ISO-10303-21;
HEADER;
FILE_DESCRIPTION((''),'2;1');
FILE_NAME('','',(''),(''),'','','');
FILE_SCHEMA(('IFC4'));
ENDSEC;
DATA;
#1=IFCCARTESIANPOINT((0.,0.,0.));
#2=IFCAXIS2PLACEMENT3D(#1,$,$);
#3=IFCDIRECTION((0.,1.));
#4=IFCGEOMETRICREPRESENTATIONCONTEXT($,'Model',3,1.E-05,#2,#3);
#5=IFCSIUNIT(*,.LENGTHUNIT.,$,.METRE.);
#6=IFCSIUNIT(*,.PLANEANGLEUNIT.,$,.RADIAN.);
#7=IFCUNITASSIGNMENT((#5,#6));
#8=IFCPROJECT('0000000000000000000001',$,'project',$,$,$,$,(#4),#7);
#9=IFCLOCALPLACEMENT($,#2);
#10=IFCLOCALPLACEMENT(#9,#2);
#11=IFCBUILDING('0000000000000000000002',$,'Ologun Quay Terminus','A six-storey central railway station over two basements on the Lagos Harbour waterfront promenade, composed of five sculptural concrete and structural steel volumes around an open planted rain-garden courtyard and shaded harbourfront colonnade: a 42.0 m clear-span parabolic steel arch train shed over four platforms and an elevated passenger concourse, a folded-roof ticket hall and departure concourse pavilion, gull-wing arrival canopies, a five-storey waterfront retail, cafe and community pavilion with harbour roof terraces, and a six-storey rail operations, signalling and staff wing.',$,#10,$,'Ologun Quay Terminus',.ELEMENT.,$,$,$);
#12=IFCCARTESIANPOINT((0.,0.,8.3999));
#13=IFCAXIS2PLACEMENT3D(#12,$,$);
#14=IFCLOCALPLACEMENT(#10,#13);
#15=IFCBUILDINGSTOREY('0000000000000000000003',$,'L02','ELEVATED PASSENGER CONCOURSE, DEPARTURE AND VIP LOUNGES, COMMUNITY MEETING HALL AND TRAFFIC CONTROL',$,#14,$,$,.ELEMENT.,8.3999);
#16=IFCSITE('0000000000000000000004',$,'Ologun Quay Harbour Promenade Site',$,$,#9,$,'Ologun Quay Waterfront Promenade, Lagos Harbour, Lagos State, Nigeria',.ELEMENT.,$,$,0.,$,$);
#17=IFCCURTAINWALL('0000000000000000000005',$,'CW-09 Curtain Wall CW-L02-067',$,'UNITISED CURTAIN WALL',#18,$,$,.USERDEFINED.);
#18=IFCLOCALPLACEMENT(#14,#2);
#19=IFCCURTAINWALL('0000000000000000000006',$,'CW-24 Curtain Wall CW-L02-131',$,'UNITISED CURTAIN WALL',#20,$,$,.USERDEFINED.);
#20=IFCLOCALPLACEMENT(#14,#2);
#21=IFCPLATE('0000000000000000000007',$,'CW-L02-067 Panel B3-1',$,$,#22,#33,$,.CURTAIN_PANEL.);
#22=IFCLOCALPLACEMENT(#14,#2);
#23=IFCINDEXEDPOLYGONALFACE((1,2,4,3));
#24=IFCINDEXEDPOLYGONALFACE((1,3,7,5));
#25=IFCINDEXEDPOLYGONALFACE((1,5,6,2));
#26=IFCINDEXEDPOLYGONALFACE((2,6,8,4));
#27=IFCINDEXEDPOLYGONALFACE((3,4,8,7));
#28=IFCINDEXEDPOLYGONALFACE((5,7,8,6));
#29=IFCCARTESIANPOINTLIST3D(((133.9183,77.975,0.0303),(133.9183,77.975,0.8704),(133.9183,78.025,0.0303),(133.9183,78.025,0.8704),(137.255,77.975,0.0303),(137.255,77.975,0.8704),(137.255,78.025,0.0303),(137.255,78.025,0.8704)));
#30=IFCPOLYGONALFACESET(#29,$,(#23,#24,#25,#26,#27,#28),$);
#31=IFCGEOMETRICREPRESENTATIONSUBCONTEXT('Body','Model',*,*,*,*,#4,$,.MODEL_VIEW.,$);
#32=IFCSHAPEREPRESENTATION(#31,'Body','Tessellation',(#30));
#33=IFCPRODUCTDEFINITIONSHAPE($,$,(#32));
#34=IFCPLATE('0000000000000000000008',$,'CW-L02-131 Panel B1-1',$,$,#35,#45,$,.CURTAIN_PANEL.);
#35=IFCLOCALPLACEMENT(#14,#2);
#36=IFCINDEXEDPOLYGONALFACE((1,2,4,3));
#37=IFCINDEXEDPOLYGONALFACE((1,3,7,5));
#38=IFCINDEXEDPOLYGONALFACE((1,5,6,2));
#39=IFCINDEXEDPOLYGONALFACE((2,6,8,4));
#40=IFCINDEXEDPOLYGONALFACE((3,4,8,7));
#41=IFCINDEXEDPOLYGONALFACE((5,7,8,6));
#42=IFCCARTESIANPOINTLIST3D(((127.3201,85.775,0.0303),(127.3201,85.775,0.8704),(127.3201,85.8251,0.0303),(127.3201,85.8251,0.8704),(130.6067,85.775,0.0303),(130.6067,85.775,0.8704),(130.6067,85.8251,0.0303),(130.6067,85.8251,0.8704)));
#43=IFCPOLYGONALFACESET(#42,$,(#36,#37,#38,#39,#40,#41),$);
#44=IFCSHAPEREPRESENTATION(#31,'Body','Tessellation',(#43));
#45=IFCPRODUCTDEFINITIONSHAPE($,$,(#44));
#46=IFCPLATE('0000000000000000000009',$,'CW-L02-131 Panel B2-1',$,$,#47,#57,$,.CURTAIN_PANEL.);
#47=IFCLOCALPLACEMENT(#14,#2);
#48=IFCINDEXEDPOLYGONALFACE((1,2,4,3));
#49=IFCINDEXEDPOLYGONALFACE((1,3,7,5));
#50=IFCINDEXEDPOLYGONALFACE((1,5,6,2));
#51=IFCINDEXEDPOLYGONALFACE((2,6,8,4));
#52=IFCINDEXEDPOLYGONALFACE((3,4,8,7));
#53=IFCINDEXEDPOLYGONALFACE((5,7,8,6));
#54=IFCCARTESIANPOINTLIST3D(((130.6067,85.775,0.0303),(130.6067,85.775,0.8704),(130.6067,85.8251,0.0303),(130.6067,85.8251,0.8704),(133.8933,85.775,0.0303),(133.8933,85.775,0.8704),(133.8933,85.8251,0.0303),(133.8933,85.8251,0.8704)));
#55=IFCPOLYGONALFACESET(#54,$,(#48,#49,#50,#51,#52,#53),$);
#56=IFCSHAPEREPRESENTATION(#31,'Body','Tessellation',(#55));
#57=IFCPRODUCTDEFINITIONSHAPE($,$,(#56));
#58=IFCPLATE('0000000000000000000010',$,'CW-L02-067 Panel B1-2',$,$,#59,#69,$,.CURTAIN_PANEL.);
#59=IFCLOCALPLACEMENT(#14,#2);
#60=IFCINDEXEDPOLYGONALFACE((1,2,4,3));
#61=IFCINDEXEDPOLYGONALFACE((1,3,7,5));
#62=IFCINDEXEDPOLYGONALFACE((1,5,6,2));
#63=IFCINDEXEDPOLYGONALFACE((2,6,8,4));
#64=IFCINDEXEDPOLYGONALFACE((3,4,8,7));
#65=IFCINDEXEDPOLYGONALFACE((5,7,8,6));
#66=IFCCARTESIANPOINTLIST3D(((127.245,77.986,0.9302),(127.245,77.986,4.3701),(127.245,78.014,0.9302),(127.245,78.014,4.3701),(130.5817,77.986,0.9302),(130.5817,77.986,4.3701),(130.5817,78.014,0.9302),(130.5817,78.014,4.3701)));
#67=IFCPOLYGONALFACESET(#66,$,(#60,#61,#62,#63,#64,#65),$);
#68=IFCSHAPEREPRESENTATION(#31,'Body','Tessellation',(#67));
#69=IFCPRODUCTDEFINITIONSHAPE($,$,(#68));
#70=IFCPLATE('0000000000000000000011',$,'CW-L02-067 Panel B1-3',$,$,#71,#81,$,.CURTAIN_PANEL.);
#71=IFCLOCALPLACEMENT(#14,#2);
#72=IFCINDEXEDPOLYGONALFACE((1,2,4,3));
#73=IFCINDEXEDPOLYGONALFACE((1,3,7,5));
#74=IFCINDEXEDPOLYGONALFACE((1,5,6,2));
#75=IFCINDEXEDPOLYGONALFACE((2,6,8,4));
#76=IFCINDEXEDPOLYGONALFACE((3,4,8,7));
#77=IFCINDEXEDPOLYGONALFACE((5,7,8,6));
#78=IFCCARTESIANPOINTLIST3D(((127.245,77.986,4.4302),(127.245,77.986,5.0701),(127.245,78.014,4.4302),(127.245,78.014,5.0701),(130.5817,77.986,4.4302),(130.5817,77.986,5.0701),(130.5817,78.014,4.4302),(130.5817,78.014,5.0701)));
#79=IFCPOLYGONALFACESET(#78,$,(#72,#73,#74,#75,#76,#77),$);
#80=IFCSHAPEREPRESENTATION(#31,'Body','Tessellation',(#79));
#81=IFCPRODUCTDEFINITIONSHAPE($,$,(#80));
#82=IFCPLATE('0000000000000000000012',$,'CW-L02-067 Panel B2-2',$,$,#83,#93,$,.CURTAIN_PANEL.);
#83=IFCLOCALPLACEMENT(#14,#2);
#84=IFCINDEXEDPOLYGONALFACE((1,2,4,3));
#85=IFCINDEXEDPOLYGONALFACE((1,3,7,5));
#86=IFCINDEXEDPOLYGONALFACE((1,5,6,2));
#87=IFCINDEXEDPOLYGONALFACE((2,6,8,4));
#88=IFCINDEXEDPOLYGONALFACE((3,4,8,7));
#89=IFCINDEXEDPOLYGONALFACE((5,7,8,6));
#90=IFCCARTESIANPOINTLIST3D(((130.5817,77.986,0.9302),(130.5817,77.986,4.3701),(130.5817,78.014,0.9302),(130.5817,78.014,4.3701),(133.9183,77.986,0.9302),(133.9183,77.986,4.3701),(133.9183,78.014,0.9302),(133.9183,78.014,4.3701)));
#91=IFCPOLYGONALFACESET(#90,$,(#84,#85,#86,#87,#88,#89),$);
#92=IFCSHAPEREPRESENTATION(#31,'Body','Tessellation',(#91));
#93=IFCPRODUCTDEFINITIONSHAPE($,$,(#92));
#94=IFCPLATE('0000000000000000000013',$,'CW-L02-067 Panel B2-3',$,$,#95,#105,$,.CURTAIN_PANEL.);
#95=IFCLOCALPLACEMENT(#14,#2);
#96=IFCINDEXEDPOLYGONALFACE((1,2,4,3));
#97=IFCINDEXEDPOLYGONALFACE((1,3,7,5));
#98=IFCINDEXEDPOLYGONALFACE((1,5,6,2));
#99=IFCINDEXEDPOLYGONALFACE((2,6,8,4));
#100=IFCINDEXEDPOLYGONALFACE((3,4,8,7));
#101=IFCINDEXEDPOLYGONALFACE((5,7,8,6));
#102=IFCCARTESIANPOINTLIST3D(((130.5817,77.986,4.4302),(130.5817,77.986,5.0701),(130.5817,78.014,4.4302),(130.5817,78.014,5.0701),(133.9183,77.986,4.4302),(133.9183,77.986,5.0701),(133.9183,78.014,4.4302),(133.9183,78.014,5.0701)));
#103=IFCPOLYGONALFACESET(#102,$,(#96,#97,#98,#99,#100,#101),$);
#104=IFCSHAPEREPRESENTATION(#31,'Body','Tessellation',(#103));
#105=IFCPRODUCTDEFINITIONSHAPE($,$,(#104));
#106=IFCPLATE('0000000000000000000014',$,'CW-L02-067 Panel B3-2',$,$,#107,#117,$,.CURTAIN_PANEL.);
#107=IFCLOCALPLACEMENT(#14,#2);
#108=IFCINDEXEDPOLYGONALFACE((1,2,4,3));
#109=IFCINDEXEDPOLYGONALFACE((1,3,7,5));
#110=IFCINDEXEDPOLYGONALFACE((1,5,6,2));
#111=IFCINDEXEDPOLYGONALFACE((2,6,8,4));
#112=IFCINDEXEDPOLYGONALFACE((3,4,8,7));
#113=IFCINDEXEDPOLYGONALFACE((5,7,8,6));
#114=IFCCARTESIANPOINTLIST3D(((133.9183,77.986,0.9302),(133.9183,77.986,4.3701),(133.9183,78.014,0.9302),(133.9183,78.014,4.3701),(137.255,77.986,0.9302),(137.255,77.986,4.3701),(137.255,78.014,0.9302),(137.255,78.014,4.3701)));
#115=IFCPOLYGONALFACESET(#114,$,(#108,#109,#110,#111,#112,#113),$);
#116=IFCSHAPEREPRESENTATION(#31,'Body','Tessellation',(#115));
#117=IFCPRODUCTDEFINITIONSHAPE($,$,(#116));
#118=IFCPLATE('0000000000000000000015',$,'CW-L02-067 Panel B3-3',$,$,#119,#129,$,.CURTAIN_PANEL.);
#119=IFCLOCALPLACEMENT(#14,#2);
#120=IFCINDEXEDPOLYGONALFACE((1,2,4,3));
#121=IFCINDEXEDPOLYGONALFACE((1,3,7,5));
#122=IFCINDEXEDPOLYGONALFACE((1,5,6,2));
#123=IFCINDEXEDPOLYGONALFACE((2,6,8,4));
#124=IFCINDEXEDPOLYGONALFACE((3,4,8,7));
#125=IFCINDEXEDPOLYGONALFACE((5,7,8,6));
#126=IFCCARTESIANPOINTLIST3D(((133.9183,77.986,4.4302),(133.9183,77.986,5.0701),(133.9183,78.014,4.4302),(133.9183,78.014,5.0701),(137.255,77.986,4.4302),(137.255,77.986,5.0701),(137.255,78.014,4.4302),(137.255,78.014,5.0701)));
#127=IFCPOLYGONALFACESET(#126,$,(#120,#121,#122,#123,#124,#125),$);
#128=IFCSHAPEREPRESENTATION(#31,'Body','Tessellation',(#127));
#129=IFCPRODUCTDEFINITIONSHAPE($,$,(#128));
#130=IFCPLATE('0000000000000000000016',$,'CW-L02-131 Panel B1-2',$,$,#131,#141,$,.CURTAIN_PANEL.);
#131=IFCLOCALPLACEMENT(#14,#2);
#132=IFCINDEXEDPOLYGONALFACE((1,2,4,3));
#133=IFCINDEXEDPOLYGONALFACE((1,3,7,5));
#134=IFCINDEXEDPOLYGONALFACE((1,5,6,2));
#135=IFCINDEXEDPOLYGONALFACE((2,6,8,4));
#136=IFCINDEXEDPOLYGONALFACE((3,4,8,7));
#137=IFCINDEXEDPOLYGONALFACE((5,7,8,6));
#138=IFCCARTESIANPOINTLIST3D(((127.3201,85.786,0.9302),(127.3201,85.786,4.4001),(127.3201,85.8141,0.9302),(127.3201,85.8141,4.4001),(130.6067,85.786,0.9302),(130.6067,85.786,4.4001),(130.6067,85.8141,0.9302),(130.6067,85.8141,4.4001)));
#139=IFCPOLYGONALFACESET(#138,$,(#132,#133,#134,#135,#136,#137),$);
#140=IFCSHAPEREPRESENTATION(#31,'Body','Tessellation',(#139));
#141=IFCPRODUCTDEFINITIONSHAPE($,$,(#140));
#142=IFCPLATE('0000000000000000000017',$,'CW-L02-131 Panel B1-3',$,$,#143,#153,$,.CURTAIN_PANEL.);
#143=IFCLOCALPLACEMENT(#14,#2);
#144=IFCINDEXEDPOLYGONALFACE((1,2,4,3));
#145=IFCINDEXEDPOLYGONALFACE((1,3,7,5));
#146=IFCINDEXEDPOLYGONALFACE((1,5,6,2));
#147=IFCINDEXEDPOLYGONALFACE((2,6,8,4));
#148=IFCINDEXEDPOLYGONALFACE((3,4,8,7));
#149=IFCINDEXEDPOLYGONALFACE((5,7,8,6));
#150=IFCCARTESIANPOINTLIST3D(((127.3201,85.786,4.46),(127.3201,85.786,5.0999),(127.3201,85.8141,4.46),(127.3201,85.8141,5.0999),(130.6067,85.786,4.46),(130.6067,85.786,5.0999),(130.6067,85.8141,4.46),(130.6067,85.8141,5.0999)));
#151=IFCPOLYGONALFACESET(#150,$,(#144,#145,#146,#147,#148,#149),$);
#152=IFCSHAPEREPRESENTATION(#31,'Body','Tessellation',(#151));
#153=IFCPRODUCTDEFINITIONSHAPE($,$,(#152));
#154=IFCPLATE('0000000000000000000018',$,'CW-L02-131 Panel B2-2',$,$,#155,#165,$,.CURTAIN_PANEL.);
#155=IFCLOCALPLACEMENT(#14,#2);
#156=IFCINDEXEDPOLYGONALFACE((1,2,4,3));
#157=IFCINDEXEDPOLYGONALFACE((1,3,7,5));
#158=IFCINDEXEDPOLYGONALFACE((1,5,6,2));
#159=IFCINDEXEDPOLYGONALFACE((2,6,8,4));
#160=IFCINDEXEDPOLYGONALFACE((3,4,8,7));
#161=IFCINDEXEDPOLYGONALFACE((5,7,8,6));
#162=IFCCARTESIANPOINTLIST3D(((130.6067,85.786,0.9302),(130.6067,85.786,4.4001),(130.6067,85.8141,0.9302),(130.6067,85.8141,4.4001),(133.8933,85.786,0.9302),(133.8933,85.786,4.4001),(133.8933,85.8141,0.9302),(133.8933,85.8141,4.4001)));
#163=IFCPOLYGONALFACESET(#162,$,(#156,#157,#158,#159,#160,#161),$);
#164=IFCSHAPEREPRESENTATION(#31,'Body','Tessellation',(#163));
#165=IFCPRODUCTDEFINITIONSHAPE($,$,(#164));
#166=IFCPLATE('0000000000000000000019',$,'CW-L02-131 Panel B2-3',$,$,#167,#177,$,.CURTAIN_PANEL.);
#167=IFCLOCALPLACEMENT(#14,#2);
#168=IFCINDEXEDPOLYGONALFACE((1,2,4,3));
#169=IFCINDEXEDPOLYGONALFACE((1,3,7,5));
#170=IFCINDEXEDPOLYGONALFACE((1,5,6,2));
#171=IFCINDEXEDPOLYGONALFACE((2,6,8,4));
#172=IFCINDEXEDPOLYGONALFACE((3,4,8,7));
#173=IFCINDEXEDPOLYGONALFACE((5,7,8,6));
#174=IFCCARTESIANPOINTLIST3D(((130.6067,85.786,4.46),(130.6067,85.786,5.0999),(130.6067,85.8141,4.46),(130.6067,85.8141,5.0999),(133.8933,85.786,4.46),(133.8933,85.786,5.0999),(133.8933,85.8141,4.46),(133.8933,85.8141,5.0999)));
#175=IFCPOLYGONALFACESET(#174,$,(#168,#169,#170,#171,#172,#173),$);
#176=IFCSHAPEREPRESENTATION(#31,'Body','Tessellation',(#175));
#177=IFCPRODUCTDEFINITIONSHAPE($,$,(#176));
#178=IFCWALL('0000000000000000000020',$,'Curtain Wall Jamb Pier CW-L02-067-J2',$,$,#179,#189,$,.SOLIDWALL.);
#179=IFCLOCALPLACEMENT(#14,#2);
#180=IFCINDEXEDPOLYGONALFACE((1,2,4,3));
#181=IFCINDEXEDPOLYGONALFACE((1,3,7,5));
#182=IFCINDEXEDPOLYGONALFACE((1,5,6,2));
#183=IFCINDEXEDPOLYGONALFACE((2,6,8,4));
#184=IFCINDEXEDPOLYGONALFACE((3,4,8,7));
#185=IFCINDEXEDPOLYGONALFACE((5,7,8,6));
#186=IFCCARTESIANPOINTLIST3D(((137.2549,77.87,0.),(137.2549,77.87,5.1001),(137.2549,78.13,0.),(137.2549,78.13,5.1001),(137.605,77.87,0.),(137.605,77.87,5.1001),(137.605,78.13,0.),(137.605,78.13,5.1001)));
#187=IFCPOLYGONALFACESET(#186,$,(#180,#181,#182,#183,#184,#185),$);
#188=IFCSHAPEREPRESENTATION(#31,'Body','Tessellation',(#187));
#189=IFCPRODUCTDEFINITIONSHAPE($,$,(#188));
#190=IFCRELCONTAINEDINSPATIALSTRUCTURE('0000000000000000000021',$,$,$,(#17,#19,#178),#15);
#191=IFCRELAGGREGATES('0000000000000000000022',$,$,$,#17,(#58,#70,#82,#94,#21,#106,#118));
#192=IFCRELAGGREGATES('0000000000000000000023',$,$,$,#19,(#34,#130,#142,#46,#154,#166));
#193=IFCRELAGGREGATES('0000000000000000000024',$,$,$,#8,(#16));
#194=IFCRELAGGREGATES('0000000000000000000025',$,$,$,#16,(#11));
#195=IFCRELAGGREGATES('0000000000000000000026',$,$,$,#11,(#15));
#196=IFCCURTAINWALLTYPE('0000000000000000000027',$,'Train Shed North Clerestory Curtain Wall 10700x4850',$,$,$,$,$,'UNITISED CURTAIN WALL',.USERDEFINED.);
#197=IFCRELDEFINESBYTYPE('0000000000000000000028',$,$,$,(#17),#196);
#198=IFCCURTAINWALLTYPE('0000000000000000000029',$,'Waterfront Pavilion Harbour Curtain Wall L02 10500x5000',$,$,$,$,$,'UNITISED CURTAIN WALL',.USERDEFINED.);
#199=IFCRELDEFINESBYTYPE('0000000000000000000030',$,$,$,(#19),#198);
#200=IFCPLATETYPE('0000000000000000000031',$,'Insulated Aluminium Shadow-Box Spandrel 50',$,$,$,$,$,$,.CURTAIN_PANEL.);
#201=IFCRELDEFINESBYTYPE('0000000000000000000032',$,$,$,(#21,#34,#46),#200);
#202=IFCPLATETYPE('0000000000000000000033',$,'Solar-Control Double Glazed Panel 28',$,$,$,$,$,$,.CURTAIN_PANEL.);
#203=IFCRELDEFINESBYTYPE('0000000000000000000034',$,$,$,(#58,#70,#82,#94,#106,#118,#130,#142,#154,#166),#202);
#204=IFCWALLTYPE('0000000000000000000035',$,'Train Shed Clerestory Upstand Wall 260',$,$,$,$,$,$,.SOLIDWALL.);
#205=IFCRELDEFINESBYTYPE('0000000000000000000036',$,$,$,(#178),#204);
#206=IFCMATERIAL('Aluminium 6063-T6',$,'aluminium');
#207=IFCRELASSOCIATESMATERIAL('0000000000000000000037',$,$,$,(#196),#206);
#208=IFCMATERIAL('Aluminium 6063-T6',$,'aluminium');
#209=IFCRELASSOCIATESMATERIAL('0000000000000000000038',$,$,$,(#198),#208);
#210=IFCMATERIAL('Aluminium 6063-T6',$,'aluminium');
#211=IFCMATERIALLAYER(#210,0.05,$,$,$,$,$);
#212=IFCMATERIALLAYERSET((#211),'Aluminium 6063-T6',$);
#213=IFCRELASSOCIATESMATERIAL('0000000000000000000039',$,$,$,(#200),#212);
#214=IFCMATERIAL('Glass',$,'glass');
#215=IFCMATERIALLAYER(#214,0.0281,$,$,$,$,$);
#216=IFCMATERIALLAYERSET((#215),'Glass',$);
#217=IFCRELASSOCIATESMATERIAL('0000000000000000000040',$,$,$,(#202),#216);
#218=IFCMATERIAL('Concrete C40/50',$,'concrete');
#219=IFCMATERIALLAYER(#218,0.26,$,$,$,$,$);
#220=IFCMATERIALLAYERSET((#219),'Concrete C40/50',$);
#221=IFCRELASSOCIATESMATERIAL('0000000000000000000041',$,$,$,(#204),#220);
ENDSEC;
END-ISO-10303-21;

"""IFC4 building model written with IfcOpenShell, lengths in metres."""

from ifc_helpers import new_model, si_unit, direction, frame, frame_2d, origin, origin_2d, place, context, subcontext, project, spatial, rectangle, extrude, material, layer, layer_set, type_object, element, aggregate, save


model = new_model("IFC4")

# Units and contexts
model_context = context("Model", 3, precision=1e-05, world=origin(), true_north=direction((0.0, 1.0)))
body_context = subcontext(model_context, "Body", "Model", "MODEL_VIEW")
ifc_project = project(units=[si_unit("LENGTHUNIT", "METRE"), si_unit("PLANEANGLEUNIT", "RADIAN")], contexts=[model_context])

# Site, building, storey
site_placement = place(None, origin())
site = spatial("IfcSite", under=ifc_project, at=site_placement, Name="Ologun Quay Harbour Promenade Site", LongName="Ologun Quay Waterfront Promenade, Lagos Harbour, Lagos State, Nigeria", CompositionType="ELEMENT", RefElevation=0.0)
building_placement = place(site_placement, origin())
building = spatial("IfcBuilding", under=site, at=building_placement, Name="Ologun Quay Terminus", Description="A six-storey central railway station over two basements on the Lagos Harbour waterfront promenade, composed of five sculptural concrete and structural steel volumes around an open planted rain-garden courtyard and shaded harbourfront colonnade: a 42.0 m clear-span parabolic steel arch train shed over four platforms and an elevated passenger concourse, a folded-roof ticket hall and departure concourse pavilion, gull-wing arrival canopies, a five-storey waterfront retail, cafe and community pavilion with harbour roof terraces, and a six-storey rail operations, signalling and staff wing.", LongName="Ologun Quay Terminus", CompositionType="ELEMENT")
storey_placement = place(building_placement, frame((0.0, 0.0, 8.3999)))
storey = spatial("IfcBuildingStorey", under=building, at=storey_placement, Name="L02", Description="ELEVATED PASSENGER CONCOURSE, DEPARTURE AND VIP LOUNGES, COMMUNITY MEETING HALL AND TRAFFIC CONTROL", CompositionType="ELEMENT", Elevation=8.3999)

# Curtain walls
ifc_material_1 = material(Name="Aluminium 6063-T6", Category="aluminium")
curtain_wall_type_1 = type_object("IfcCurtainWallType", Name="Train Shed North Clerestory Curtain Wall 10700x4850", ElementType="UNITISED CURTAIN WALL", PredefinedType="USERDEFINED", material=ifc_material_1)
curtain_wall_1_placement = place(storey_placement, origin())
curtain_wall_1 = element("IfcCurtainWall", 1, at=curtain_wall_1_placement, inside=storey, type_object=curtain_wall_type_1, Name="CW-09 Curtain Wall CW-L02-067", ObjectType="UNITISED CURTAIN WALL", PredefinedType="USERDEFINED")
ifc_material_2 = material(Name="Aluminium 6063-T6", Category="aluminium")
curtain_wall_type_2 = type_object("IfcCurtainWallType", Name="Waterfront Pavilion Harbour Curtain Wall L02 10500x5000", ElementType="UNITISED CURTAIN WALL", PredefinedType="USERDEFINED", material=ifc_material_2)
curtain_wall_2_placement = place(storey_placement, origin())
curtain_wall_2 = element("IfcCurtainWall", 2, at=curtain_wall_2_placement, inside=storey, type_object=curtain_wall_type_2, Name="CW-24 Curtain Wall CW-L02-131", ObjectType="UNITISED CURTAIN WALL", PredefinedType="USERDEFINED")

# Plates
ifc_material_3 = material(Name="Aluminium 6063-T6", Category="aluminium")
ifc_layer_1 = layer(ifc_material_3, 0.05)
ifc_layer_set_1 = layer_set([ifc_layer_1], Name="Aluminium 6063-T6")
plate_type_1 = type_object("IfcPlateType", Name="Insulated Aluminium Shadow-Box Spandrel 50", PredefinedType="CURTAIN_PANEL", material=ifc_layer_set_1)
plate_1_placement = place(storey_placement, frame((135.5867, 78.0, 0.0303), z_axis=(0.0, 0.0, 1.0), x_axis=(1.0, 0.0, 0.0)))
plate_1 = element("IfcPlate", 3, at=plate_1_placement, type_object=plate_type_1, Name="CW-L02-067 Panel B3-1", PredefinedType="CURTAIN_PANEL", context=body_context, shape_type="SweptSolid", body=[
    extrude(rectangle(XDim=3.3367, YDim=0.05, at=origin_2d()), origin(), (0.0, 0.0, 1.0), 0.8401),
])
plate_2_placement = place(storey_placement, frame((128.9634, 85.8, 0.0303), z_axis=(0.0, 0.0, 1.0), x_axis=(1.0, 0.0, 0.0)))
plate_2 = element("IfcPlate", 4, at=plate_2_placement, type_object=plate_type_1, Name="CW-L02-131 Panel B1-1", PredefinedType="CURTAIN_PANEL", context=body_context, shape_type="SweptSolid", body=[
    extrude(rectangle(XDim=3.2866, YDim=0.05, at=origin_2d()), origin(), (0.0, 0.0, 1.0), 0.8401),
])
plate_3_placement = place(storey_placement, frame((132.25, 85.8, 0.0303), z_axis=(0.0, 0.0, 1.0), x_axis=(1.0, 0.0, 0.0)))
plate_3 = element("IfcPlate", 5, at=plate_3_placement, type_object=plate_type_1, Name="CW-L02-131 Panel B2-1", PredefinedType="CURTAIN_PANEL", context=body_context, shape_type="SweptSolid", body=[
    extrude(rectangle(XDim=3.2866, YDim=0.05, at=origin_2d()), origin(), (0.0, 0.0, 1.0), 0.8401),
])
ifc_material_4 = material(Name="Glass", Category="glass")
ifc_layer_2 = layer(ifc_material_4, 0.0281)
ifc_layer_set_2 = layer_set([ifc_layer_2], Name="Glass")
plate_type_2 = type_object("IfcPlateType", Name="Solar-Control Double Glazed Panel 28", PredefinedType="CURTAIN_PANEL", material=ifc_layer_set_2)
plate_4_placement = place(storey_placement, frame((128.9133, 78.0, 0.9302), z_axis=(0.0, 0.0, 1.0), x_axis=(1.0, 0.0, 0.0)))
plate_4 = element("IfcPlate", 6, at=plate_4_placement, type_object=plate_type_2, Name="CW-L02-067 Panel B1-2", PredefinedType="CURTAIN_PANEL", context=body_context, shape_type="SweptSolid", body=[
    extrude(rectangle(XDim=3.3367, YDim=0.0281, at=origin_2d()), origin(), (0.0, 0.0, 1.0), 3.4399),
])
plate_5_placement = place(storey_placement, frame((128.9133, 78.0, 4.4302), z_axis=(0.0, 0.0, 1.0), x_axis=(1.0, 0.0, 0.0)))
plate_5 = element("IfcPlate", 7, at=plate_5_placement, type_object=plate_type_2, Name="CW-L02-067 Panel B1-3", PredefinedType="CURTAIN_PANEL", context=body_context, shape_type="SweptSolid", body=[
    extrude(rectangle(XDim=3.3367, YDim=0.0281, at=origin_2d()), origin(), (0.0, 0.0, 1.0), 0.6399),
])
plate_6_placement = place(storey_placement, frame((132.25, 78.0, 0.9302), z_axis=(0.0, 0.0, 1.0), x_axis=(1.0, 0.0, 0.0)))
plate_6 = element("IfcPlate", 8, at=plate_6_placement, type_object=plate_type_2, Name="CW-L02-067 Panel B2-2", PredefinedType="CURTAIN_PANEL", context=body_context, shape_type="SweptSolid", body=[
    extrude(rectangle(XDim=3.3367, YDim=0.0281, at=origin_2d()), origin(), (0.0, 0.0, 1.0), 3.4399),
])
plate_7_placement = place(storey_placement, frame((132.25, 78.0, 4.4302), z_axis=(0.0, 0.0, 1.0), x_axis=(1.0, 0.0, 0.0)))
plate_7 = element("IfcPlate", 9, at=plate_7_placement, type_object=plate_type_2, Name="CW-L02-067 Panel B2-3", PredefinedType="CURTAIN_PANEL", context=body_context, shape_type="SweptSolid", body=[
    extrude(rectangle(XDim=3.3367, YDim=0.0281, at=origin_2d()), origin(), (0.0, 0.0, 1.0), 0.6399),
])
plate_8_placement = place(storey_placement, frame((135.5867, 78.0, 0.9302), z_axis=(0.0, 0.0, 1.0), x_axis=(1.0, 0.0, 0.0)))
plate_8 = element("IfcPlate", 10, at=plate_8_placement, type_object=plate_type_2, Name="CW-L02-067 Panel B3-2", PredefinedType="CURTAIN_PANEL", context=body_context, shape_type="SweptSolid", body=[
    extrude(rectangle(XDim=3.3367, YDim=0.0281, at=origin_2d()), origin(), (0.0, 0.0, 1.0), 3.4399),
])
plate_9_placement = place(storey_placement, frame((135.5867, 78.0, 4.4302), z_axis=(0.0, 0.0, 1.0), x_axis=(1.0, 0.0, 0.0)))
plate_9 = element("IfcPlate", 11, at=plate_9_placement, type_object=plate_type_2, Name="CW-L02-067 Panel B3-3", PredefinedType="CURTAIN_PANEL", context=body_context, shape_type="SweptSolid", body=[
    extrude(rectangle(XDim=3.3367, YDim=0.0281, at=origin_2d()), origin(), (0.0, 0.0, 1.0), 0.6399),
])
aggregate(curtain_wall_1, [plate_4, plate_5, plate_6, plate_7, plate_1, plate_8, plate_9])
plate_10_placement = place(storey_placement, frame((128.9634, 85.8, 0.9302), z_axis=(0.0, 0.0, 1.0), x_axis=(1.0, 0.0, 0.0)))
plate_10 = element("IfcPlate", 12, at=plate_10_placement, type_object=plate_type_2, Name="CW-L02-131 Panel B1-2", PredefinedType="CURTAIN_PANEL", context=body_context, shape_type="SweptSolid", body=[
    extrude(rectangle(XDim=3.2866, YDim=0.0281, at=origin_2d()), origin(), (0.0, 0.0, 1.0), 3.47),
])
plate_11_placement = place(storey_placement, frame((128.9634, 85.8, 4.46), z_axis=(0.0, 0.0, 1.0), x_axis=(1.0, 0.0, 0.0)))
plate_11 = element("IfcPlate", 13, at=plate_11_placement, type_object=plate_type_2, Name="CW-L02-131 Panel B1-3", PredefinedType="CURTAIN_PANEL", context=body_context, shape_type="SweptSolid", body=[
    extrude(rectangle(XDim=3.2866, YDim=0.0281, at=origin_2d()), origin(), (0.0, 0.0, 1.0), 0.6399),
])
plate_12_placement = place(storey_placement, frame((132.25, 85.8, 0.9302), z_axis=(0.0, 0.0, 1.0), x_axis=(1.0, 0.0, 0.0)))
plate_12 = element("IfcPlate", 14, at=plate_12_placement, type_object=plate_type_2, Name="CW-L02-131 Panel B2-2", PredefinedType="CURTAIN_PANEL", context=body_context, shape_type="SweptSolid", body=[
    extrude(rectangle(XDim=3.2866, YDim=0.0281, at=origin_2d()), origin(), (0.0, 0.0, 1.0), 3.47),
])
plate_13_placement = place(storey_placement, frame((132.25, 85.8, 4.46), z_axis=(0.0, 0.0, 1.0), x_axis=(1.0, 0.0, 0.0)))
plate_13 = element("IfcPlate", 15, at=plate_13_placement, type_object=plate_type_2, Name="CW-L02-131 Panel B2-3", PredefinedType="CURTAIN_PANEL", context=body_context, shape_type="SweptSolid", body=[
    extrude(rectangle(XDim=3.2866, YDim=0.0281, at=origin_2d()), origin(), (0.0, 0.0, 1.0), 0.6399),
])
aggregate(curtain_wall_2, [plate_2, plate_10, plate_11, plate_3, plate_12, plate_13])

# Wall
ifc_material_5 = material(Name="Concrete C40/50", Category="concrete")
ifc_layer_3 = layer(ifc_material_5, 0.26)
ifc_layer_set_3 = layer_set([ifc_layer_3], Name="Concrete C40/50")
wall_type = type_object("IfcWallType", Name="Train Shed Clerestory Upstand Wall 260", PredefinedType="SOLIDWALL", material=ifc_layer_set_3)
wall_placement = place(storey_placement, frame((137.2549, 78.0, 0.0), z_axis=(0.0, 0.0, 1.0), x_axis=(1.0, 0.0, 0.0)))
element("IfcWall", 16, at=wall_placement, inside=storey, type_object=wall_type, Name="Curtain Wall Jamb Pier CW-L02-067-J2", PredefinedType="SOLIDWALL", context=body_context, shape_type="SweptSolid", body=[
    extrude(rectangle(XDim=0.3501, YDim=0.26, at=frame_2d((0.175, 0.0))), origin(), (0.0, 0.0, 1.0), 5.1001),
])

save(model, "model.ifc")
